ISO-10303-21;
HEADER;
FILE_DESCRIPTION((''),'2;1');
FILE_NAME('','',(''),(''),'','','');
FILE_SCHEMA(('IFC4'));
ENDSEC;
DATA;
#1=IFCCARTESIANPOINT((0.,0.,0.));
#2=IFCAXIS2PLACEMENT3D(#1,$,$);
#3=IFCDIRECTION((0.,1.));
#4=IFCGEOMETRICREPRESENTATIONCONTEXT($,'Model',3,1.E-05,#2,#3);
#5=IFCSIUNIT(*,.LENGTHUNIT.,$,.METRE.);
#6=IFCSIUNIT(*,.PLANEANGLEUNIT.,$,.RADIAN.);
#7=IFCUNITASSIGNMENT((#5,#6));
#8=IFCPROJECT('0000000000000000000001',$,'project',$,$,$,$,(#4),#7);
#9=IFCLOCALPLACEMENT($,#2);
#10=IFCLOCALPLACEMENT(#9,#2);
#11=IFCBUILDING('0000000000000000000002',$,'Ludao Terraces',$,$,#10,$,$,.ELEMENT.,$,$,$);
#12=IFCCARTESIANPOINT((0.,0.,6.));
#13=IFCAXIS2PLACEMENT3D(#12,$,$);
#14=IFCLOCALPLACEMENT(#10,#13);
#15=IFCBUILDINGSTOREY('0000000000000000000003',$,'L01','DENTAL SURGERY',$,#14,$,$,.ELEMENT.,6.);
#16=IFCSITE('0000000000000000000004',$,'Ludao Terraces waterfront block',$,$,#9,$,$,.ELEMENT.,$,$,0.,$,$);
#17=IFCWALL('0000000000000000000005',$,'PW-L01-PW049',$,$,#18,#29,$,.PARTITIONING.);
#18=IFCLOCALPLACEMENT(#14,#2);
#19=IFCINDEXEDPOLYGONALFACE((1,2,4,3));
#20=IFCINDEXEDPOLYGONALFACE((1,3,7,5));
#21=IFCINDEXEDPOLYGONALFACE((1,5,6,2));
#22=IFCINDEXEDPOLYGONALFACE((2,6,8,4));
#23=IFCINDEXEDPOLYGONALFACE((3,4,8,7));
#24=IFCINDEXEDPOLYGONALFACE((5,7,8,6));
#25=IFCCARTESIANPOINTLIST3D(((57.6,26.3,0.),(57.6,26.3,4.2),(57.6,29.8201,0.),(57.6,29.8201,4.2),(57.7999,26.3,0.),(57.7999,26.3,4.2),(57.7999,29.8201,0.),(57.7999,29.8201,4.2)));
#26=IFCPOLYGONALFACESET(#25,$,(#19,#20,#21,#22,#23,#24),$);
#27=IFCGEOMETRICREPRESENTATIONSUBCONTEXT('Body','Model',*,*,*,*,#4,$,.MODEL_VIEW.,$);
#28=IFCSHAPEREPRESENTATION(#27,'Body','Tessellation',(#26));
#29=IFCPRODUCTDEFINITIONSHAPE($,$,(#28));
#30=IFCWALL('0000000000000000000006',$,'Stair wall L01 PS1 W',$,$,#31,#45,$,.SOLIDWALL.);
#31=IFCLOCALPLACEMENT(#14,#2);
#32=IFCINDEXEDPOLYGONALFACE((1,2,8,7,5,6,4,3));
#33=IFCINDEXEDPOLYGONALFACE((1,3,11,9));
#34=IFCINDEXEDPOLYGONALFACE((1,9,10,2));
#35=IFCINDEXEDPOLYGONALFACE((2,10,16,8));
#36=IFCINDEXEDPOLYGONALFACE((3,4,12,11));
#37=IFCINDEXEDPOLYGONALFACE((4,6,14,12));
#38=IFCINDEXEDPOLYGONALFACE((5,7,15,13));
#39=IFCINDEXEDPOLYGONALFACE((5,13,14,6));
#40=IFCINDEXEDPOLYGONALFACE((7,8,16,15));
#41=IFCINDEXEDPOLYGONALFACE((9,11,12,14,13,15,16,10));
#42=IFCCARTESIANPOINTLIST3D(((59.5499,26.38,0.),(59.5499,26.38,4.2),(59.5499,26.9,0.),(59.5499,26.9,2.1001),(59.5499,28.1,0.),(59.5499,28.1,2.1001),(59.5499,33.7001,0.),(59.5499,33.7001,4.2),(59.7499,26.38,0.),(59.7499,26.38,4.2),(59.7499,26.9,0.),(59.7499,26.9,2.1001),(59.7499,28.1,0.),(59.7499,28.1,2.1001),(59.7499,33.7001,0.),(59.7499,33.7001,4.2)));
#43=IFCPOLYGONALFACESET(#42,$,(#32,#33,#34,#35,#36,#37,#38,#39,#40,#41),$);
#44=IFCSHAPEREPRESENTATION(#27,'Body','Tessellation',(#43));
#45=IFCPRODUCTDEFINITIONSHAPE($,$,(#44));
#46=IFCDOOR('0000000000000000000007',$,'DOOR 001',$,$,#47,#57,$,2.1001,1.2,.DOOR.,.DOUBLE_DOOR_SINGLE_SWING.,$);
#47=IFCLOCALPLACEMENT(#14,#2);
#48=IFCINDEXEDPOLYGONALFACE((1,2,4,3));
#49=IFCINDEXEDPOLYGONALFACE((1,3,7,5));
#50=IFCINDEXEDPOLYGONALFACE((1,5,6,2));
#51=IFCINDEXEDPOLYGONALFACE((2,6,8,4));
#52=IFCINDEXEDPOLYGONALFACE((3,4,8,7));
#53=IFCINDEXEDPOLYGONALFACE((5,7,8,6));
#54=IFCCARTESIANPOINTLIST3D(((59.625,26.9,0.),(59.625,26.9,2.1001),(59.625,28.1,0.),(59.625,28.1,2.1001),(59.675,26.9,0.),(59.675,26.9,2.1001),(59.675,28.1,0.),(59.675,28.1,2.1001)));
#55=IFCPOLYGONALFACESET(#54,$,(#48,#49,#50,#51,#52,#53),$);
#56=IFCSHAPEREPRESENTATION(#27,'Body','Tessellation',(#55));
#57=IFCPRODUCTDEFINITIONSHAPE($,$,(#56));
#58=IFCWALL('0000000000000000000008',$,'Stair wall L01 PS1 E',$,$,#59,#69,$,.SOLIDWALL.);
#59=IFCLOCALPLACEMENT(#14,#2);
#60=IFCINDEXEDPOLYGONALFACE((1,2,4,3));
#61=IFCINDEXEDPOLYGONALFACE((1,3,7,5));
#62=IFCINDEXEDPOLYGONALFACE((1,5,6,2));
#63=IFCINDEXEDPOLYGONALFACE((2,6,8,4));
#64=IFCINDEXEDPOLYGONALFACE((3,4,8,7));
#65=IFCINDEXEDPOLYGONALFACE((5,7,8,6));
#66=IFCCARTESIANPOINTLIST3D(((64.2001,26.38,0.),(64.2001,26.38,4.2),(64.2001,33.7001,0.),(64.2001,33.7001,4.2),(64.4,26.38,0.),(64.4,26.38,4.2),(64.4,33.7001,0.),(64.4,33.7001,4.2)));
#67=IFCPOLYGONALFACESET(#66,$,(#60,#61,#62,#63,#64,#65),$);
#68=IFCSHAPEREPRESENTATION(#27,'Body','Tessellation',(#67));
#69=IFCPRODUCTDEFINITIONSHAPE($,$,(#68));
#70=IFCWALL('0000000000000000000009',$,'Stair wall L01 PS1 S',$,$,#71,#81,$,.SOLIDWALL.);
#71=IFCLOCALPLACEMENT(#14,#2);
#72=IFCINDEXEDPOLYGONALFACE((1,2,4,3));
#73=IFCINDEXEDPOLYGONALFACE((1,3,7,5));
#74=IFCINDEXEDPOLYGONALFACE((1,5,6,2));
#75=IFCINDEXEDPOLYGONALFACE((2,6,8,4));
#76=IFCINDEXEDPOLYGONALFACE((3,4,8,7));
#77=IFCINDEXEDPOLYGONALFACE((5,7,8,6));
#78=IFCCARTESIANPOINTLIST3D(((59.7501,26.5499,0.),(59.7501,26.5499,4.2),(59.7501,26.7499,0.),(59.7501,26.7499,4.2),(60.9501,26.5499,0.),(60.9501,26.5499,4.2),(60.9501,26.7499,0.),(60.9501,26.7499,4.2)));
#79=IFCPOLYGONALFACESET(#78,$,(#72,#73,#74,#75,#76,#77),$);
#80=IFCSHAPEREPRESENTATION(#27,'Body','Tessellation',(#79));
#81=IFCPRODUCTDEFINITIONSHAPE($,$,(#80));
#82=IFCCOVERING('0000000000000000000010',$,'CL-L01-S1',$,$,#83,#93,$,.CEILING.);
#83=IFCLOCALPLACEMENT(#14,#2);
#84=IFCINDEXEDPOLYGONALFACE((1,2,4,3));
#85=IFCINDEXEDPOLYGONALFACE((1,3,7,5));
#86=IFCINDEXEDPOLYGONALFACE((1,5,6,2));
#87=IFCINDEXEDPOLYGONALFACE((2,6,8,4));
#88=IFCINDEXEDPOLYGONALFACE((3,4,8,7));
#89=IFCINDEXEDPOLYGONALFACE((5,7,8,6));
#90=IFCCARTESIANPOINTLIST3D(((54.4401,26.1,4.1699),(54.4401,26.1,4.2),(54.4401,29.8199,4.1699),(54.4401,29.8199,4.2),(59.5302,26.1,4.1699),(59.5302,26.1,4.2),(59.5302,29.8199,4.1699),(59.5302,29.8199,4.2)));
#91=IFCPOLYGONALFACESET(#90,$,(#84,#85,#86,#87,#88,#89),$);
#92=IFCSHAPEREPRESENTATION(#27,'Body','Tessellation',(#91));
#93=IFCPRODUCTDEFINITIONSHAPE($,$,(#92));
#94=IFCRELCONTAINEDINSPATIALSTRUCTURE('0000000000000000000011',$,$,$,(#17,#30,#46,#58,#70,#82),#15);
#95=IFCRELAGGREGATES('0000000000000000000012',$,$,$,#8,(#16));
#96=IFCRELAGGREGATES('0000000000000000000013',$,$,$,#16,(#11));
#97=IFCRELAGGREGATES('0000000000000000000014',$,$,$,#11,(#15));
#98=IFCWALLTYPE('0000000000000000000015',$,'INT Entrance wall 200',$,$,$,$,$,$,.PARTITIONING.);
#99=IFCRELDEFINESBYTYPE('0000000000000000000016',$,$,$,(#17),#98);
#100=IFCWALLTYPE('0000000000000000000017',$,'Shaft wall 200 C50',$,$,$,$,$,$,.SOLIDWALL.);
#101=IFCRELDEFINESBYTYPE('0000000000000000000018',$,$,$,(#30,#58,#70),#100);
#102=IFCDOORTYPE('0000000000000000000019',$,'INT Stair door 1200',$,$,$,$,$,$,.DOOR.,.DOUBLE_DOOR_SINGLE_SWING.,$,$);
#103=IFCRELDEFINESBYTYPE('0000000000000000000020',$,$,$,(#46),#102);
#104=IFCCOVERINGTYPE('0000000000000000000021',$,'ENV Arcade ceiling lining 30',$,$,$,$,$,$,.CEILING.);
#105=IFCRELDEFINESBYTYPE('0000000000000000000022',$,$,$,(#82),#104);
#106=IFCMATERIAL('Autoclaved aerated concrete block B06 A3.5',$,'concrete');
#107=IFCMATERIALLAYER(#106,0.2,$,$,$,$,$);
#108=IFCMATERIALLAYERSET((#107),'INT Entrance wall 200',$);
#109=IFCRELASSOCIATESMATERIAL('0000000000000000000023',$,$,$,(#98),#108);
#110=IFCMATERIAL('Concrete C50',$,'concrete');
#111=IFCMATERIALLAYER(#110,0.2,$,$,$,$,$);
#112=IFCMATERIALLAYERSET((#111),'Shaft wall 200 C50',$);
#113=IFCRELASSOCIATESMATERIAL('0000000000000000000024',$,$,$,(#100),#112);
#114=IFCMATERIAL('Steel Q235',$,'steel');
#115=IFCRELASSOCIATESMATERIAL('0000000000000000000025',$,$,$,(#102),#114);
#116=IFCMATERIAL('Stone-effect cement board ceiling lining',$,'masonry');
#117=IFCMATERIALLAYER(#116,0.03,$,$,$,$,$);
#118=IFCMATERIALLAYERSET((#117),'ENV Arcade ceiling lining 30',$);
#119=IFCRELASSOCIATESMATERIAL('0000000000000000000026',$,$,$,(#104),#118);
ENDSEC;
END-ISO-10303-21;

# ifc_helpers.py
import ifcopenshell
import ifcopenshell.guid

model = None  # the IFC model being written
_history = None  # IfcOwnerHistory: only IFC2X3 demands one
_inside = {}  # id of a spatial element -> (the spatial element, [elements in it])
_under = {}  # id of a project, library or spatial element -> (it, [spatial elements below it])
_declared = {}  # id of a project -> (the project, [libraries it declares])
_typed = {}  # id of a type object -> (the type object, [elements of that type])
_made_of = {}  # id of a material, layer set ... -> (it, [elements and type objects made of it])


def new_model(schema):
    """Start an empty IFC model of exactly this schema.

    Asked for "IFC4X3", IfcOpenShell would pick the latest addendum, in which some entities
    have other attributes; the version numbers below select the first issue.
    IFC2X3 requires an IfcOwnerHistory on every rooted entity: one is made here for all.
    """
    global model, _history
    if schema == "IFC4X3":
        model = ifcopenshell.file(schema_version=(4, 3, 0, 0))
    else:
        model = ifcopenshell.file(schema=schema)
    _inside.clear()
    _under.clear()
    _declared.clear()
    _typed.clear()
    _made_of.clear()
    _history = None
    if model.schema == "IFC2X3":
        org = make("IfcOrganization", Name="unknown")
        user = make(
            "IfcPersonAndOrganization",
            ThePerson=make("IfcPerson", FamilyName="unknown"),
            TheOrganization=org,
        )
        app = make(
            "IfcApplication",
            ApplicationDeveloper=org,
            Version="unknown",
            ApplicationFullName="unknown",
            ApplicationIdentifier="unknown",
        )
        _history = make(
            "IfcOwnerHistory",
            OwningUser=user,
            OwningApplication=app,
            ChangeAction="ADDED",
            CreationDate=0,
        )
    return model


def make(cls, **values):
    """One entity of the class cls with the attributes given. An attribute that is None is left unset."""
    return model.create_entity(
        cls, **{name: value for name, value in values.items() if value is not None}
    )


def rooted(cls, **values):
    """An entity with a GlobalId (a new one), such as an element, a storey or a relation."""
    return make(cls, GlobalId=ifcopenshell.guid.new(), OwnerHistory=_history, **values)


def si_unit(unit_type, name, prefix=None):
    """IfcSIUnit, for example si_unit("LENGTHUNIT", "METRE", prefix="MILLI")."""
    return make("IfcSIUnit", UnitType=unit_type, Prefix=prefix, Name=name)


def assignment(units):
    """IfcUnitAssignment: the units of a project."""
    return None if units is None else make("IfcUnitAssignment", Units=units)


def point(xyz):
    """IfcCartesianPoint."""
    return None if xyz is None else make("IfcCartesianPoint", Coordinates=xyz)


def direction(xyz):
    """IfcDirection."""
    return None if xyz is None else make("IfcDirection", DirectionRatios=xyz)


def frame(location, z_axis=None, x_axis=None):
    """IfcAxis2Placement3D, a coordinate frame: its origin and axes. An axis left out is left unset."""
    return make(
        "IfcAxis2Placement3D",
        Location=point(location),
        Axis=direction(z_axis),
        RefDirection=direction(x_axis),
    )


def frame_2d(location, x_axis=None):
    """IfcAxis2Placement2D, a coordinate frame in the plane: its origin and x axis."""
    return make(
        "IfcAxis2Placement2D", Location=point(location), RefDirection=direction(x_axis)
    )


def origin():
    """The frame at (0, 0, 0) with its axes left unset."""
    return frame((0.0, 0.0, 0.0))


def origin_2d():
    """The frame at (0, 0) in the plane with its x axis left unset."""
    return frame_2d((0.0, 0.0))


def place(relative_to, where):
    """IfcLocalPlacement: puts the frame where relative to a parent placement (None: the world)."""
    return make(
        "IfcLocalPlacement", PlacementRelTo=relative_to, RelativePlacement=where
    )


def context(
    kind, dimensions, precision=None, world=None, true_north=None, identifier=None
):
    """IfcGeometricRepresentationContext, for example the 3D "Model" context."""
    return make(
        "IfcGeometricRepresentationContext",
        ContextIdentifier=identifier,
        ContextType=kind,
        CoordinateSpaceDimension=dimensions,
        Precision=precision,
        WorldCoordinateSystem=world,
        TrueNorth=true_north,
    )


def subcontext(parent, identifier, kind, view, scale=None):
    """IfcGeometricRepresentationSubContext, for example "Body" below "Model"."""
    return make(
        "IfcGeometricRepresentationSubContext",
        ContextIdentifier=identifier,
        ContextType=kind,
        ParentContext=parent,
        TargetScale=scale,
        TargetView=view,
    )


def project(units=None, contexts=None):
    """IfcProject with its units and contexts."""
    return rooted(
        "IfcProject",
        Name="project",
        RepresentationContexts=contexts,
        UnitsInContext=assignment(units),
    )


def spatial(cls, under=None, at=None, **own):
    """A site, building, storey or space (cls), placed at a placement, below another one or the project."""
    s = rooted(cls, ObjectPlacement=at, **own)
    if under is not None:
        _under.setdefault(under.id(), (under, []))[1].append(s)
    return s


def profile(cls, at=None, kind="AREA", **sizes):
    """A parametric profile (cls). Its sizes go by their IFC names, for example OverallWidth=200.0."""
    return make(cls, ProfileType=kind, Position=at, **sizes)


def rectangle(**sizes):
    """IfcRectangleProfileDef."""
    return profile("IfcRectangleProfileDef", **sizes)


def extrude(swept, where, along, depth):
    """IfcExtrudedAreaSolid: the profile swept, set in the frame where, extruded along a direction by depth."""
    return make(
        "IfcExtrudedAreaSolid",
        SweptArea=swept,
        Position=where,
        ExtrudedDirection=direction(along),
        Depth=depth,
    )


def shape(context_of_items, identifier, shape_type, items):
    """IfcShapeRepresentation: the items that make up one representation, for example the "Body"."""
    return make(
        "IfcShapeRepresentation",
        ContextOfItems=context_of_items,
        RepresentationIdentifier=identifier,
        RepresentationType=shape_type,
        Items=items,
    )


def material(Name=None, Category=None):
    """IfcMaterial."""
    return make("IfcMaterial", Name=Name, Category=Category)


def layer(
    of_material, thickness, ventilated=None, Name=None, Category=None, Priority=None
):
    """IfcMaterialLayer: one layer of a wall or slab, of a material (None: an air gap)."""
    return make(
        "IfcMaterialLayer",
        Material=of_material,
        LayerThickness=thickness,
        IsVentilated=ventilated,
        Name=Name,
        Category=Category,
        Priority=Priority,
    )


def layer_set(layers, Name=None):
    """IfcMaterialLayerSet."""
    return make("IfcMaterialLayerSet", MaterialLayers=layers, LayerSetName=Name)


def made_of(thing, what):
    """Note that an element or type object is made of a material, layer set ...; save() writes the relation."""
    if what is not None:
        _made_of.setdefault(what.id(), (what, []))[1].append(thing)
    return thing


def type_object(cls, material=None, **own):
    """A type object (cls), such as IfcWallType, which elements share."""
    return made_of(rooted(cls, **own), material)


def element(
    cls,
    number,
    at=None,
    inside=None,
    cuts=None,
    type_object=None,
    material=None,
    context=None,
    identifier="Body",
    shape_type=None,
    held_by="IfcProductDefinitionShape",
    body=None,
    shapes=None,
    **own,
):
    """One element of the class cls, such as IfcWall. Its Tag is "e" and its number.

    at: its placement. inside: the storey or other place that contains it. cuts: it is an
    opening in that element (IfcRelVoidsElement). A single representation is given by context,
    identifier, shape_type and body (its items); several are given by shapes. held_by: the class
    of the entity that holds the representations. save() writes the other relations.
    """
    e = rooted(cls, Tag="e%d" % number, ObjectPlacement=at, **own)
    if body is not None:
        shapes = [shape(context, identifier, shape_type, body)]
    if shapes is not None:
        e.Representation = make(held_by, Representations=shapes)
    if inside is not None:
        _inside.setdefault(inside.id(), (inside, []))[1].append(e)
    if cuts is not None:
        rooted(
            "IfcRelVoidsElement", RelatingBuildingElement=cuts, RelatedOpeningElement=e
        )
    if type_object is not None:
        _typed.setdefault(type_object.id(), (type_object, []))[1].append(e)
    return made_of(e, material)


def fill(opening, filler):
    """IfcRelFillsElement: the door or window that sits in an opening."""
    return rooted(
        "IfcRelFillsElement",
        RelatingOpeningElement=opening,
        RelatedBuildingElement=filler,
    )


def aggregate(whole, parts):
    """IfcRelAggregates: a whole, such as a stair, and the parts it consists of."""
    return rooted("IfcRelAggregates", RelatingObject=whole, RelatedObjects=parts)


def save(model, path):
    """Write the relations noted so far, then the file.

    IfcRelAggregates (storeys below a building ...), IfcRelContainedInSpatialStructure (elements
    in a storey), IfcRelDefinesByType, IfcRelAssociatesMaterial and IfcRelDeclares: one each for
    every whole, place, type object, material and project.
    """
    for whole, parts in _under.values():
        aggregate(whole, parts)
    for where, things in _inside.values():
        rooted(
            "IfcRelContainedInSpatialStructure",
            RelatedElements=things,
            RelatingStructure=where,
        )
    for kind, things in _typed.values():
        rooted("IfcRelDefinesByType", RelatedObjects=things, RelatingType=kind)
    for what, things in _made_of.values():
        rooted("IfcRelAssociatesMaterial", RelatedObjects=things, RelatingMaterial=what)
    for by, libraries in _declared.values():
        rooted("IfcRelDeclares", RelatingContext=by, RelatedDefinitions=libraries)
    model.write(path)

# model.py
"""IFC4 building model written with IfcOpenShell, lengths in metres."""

from ifc_helpers import new_model, si_unit, direction, frame, frame_2d, origin, origin_2d, place, context, subcontext, project, spatial, rectangle, extrude, material, layer, layer_set, type_object, element, fill, save


model = new_model("IFC4")

# Units and contexts
model_context = context("Model", 3, precision=1e-05, world=origin(), true_north=direction((0.0, 1.0)))
body_context = subcontext(model_context, "Body", "Model", "MODEL_VIEW")
ifc_project = project(units=[si_unit("LENGTHUNIT", "METRE"), si_unit("PLANEANGLEUNIT", "RADIAN")], contexts=[model_context])

# Site, building, storey
site_placement = place(None, origin())
site = spatial("IfcSite", under=ifc_project, at=site_placement, Name="Ludao Terraces waterfront block", CompositionType="ELEMENT", RefElevation=0.0)
building_placement = place(site_placement, origin())
building = spatial("IfcBuilding", under=site, at=building_placement, Name="Ludao Terraces", CompositionType="ELEMENT")
storey_placement = place(building_placement, frame((0.0, 0.0, 6.0)))
storey = spatial("IfcBuildingStorey", under=building, at=storey_placement, Name="L01", Description="DENTAL SURGERY", CompositionType="ELEMENT", Elevation=6.0)

# Wall
ifc_material_1 = material(Name="Autoclaved aerated concrete block B06 A3.5", Category="concrete")
ifc_layer_1 = layer(ifc_material_1, 0.2)
ifc_layer_set_1 = layer_set([ifc_layer_1], Name="INT Entrance wall 200")
wall_type_1 = type_object("IfcWallType", Name="INT Entrance wall 200", PredefinedType="PARTITIONING", material=ifc_layer_set_1)
wall_1_placement = place(storey_placement, frame((57.7, 26.3, 0.0), z_axis=(0.0, 0.0, 1.0), x_axis=(0.0, 1.0, 0.0)))
element("IfcWall", 1, at=wall_1_placement, inside=storey, type_object=wall_type_1, Name="PW-L01-PW049", PredefinedType="PARTITIONING", context=body_context, shape_type="SweptSolid", body=[
    extrude(rectangle(XDim=3.52, YDim=0.2, at=frame_2d((1.76, 0.0))), origin(), (0.0, 0.0, 1.0), 4.2),
])

# Wall, opening, door
ifc_material_2 = material(Name="Concrete C50", Category="concrete")
ifc_layer_2 = layer(ifc_material_2, 0.2)
ifc_layer_set_2 = layer_set([ifc_layer_2], Name="Shaft wall 200 C50")
wall_type_2 = type_object("IfcWallType", Name="Shaft wall 200 C50", PredefinedType="SOLIDWALL", material=ifc_layer_set_2)
wall_2_placement = place(storey_placement, frame((59.6499, 26.3799, 0.0), z_axis=(0.0, 0.0, 1.0), x_axis=(0.0, 1.0, 0.0)))
wall_2 = element("IfcWall", 2, at=wall_2_placement, inside=storey, type_object=wall_type_2, Name="Stair wall L01 PS1 W", PredefinedType="SOLIDWALL", context=body_context, shape_type="SweptSolid", body=[
    extrude(rectangle(XDim=7.3201, YDim=0.2, at=frame_2d((3.6602, 0.0))), origin(), (0.0, 0.0, 1.0), 4.2),
])
opening_placement = place(wall_2_placement, frame((0.52, 0.0, 0.0)))
opening = element("IfcOpeningElement", 3, at=opening_placement, cuts=wall_2, PredefinedType="OPENING", context=body_context, shape_type="SweptSolid", body=[
    extrude(rectangle(XDim=1.2, YDim=2.1001, at=frame_2d((0.6001, 1.05))), frame((0.0, 0.1099, 0.0), z_axis=(0.0, -1.0, 0.0), x_axis=(1.0, 0.0, 0.0)), (0.0, 0.0, 1.0), 0.22),
])
ifc_material_3 = material(Name="Steel Q235", Category="steel")
door_type = type_object("IfcDoorType", Name="INT Stair door 1200", OperationType="DOUBLE_DOOR_SINGLE_SWING", PredefinedType="DOOR", material=ifc_material_3)
door_placement = place(opening_placement, origin())
door = element("IfcDoor", 4, at=door_placement, inside=storey, type_object=door_type, Name="DOOR 001", OperationType="DOUBLE_DOOR_SINGLE_SWING", OverallHeight=2.1001, OverallWidth=1.2, PredefinedType="DOOR", context=body_context, shape_type="SweptSolid", body=[
    extrude(rectangle(XDim=1.2, YDim=2.1001, at=frame_2d((0.6001, 1.05))), frame((0.0, 0.0249, 0.0), z_axis=(0.0, -1.0, 0.0), x_axis=(1.0, 0.0, 0.0)), (0.0, 0.0, 1.0), 0.05),
])
fill(opening, door)

# Walls
wall_3_placement = place(storey_placement, frame((64.3, 26.3799, 0.0), z_axis=(0.0, 0.0, 1.0), x_axis=(0.0, 1.0, 0.0)))
element("IfcWall", 5, at=wall_3_placement, inside=storey, type_object=wall_type_2, Name="Stair wall L01 PS1 E", PredefinedType="SOLIDWALL", context=body_context, shape_type="SweptSolid", body=[
    extrude(rectangle(XDim=7.3201, YDim=0.2, at=frame_2d((3.6602, 0.0))), origin(), (0.0, 0.0, 1.0), 4.2),
])
wall_4_placement = place(storey_placement, frame((59.75, 26.6499, 0.0), z_axis=(0.0, 0.0, 1.0), x_axis=(1.0, 0.0, 0.0)))
element("IfcWall", 6, at=wall_4_placement, inside=storey, type_object=wall_type_2, Name="Stair wall L01 PS1 S", PredefinedType="SOLIDWALL", context=body_context, shape_type="SweptSolid", body=[
    extrude(rectangle(XDim=1.2, YDim=0.2, at=frame_2d((0.6001, 0.0))), origin(), (0.0, 0.0, 1.0), 4.2),
])

# Covering
ifc_material_4 = material(Name="Stone-effect cement board ceiling lining", Category="masonry")
ifc_layer_3 = layer(ifc_material_4, 0.03)
ifc_layer_set_3 = layer_set([ifc_layer_3], Name="ENV Arcade ceiling lining 30")
covering_type = type_object("IfcCoveringType", Name="ENV Arcade ceiling lining 30", PredefinedType="CEILING", material=ifc_layer_set_3)
covering_placement = place(storey_placement, frame((56.9851, 27.96, 4.1699), z_axis=(0.0, 0.0, 1.0), x_axis=(1.0, 0.0, 0.0)))
element("IfcCovering", 7, at=covering_placement, inside=storey, type_object=covering_type, Name="CL-L01-S1", PredefinedType="CEILING", context=body_context, shape_type="SweptSolid", body=[
    extrude(rectangle(XDim=5.0901, YDim=3.72, at=origin_2d()), origin(), (0.0, 0.0, 1.0), 0.03),
])

save(model, "model.ifc")
